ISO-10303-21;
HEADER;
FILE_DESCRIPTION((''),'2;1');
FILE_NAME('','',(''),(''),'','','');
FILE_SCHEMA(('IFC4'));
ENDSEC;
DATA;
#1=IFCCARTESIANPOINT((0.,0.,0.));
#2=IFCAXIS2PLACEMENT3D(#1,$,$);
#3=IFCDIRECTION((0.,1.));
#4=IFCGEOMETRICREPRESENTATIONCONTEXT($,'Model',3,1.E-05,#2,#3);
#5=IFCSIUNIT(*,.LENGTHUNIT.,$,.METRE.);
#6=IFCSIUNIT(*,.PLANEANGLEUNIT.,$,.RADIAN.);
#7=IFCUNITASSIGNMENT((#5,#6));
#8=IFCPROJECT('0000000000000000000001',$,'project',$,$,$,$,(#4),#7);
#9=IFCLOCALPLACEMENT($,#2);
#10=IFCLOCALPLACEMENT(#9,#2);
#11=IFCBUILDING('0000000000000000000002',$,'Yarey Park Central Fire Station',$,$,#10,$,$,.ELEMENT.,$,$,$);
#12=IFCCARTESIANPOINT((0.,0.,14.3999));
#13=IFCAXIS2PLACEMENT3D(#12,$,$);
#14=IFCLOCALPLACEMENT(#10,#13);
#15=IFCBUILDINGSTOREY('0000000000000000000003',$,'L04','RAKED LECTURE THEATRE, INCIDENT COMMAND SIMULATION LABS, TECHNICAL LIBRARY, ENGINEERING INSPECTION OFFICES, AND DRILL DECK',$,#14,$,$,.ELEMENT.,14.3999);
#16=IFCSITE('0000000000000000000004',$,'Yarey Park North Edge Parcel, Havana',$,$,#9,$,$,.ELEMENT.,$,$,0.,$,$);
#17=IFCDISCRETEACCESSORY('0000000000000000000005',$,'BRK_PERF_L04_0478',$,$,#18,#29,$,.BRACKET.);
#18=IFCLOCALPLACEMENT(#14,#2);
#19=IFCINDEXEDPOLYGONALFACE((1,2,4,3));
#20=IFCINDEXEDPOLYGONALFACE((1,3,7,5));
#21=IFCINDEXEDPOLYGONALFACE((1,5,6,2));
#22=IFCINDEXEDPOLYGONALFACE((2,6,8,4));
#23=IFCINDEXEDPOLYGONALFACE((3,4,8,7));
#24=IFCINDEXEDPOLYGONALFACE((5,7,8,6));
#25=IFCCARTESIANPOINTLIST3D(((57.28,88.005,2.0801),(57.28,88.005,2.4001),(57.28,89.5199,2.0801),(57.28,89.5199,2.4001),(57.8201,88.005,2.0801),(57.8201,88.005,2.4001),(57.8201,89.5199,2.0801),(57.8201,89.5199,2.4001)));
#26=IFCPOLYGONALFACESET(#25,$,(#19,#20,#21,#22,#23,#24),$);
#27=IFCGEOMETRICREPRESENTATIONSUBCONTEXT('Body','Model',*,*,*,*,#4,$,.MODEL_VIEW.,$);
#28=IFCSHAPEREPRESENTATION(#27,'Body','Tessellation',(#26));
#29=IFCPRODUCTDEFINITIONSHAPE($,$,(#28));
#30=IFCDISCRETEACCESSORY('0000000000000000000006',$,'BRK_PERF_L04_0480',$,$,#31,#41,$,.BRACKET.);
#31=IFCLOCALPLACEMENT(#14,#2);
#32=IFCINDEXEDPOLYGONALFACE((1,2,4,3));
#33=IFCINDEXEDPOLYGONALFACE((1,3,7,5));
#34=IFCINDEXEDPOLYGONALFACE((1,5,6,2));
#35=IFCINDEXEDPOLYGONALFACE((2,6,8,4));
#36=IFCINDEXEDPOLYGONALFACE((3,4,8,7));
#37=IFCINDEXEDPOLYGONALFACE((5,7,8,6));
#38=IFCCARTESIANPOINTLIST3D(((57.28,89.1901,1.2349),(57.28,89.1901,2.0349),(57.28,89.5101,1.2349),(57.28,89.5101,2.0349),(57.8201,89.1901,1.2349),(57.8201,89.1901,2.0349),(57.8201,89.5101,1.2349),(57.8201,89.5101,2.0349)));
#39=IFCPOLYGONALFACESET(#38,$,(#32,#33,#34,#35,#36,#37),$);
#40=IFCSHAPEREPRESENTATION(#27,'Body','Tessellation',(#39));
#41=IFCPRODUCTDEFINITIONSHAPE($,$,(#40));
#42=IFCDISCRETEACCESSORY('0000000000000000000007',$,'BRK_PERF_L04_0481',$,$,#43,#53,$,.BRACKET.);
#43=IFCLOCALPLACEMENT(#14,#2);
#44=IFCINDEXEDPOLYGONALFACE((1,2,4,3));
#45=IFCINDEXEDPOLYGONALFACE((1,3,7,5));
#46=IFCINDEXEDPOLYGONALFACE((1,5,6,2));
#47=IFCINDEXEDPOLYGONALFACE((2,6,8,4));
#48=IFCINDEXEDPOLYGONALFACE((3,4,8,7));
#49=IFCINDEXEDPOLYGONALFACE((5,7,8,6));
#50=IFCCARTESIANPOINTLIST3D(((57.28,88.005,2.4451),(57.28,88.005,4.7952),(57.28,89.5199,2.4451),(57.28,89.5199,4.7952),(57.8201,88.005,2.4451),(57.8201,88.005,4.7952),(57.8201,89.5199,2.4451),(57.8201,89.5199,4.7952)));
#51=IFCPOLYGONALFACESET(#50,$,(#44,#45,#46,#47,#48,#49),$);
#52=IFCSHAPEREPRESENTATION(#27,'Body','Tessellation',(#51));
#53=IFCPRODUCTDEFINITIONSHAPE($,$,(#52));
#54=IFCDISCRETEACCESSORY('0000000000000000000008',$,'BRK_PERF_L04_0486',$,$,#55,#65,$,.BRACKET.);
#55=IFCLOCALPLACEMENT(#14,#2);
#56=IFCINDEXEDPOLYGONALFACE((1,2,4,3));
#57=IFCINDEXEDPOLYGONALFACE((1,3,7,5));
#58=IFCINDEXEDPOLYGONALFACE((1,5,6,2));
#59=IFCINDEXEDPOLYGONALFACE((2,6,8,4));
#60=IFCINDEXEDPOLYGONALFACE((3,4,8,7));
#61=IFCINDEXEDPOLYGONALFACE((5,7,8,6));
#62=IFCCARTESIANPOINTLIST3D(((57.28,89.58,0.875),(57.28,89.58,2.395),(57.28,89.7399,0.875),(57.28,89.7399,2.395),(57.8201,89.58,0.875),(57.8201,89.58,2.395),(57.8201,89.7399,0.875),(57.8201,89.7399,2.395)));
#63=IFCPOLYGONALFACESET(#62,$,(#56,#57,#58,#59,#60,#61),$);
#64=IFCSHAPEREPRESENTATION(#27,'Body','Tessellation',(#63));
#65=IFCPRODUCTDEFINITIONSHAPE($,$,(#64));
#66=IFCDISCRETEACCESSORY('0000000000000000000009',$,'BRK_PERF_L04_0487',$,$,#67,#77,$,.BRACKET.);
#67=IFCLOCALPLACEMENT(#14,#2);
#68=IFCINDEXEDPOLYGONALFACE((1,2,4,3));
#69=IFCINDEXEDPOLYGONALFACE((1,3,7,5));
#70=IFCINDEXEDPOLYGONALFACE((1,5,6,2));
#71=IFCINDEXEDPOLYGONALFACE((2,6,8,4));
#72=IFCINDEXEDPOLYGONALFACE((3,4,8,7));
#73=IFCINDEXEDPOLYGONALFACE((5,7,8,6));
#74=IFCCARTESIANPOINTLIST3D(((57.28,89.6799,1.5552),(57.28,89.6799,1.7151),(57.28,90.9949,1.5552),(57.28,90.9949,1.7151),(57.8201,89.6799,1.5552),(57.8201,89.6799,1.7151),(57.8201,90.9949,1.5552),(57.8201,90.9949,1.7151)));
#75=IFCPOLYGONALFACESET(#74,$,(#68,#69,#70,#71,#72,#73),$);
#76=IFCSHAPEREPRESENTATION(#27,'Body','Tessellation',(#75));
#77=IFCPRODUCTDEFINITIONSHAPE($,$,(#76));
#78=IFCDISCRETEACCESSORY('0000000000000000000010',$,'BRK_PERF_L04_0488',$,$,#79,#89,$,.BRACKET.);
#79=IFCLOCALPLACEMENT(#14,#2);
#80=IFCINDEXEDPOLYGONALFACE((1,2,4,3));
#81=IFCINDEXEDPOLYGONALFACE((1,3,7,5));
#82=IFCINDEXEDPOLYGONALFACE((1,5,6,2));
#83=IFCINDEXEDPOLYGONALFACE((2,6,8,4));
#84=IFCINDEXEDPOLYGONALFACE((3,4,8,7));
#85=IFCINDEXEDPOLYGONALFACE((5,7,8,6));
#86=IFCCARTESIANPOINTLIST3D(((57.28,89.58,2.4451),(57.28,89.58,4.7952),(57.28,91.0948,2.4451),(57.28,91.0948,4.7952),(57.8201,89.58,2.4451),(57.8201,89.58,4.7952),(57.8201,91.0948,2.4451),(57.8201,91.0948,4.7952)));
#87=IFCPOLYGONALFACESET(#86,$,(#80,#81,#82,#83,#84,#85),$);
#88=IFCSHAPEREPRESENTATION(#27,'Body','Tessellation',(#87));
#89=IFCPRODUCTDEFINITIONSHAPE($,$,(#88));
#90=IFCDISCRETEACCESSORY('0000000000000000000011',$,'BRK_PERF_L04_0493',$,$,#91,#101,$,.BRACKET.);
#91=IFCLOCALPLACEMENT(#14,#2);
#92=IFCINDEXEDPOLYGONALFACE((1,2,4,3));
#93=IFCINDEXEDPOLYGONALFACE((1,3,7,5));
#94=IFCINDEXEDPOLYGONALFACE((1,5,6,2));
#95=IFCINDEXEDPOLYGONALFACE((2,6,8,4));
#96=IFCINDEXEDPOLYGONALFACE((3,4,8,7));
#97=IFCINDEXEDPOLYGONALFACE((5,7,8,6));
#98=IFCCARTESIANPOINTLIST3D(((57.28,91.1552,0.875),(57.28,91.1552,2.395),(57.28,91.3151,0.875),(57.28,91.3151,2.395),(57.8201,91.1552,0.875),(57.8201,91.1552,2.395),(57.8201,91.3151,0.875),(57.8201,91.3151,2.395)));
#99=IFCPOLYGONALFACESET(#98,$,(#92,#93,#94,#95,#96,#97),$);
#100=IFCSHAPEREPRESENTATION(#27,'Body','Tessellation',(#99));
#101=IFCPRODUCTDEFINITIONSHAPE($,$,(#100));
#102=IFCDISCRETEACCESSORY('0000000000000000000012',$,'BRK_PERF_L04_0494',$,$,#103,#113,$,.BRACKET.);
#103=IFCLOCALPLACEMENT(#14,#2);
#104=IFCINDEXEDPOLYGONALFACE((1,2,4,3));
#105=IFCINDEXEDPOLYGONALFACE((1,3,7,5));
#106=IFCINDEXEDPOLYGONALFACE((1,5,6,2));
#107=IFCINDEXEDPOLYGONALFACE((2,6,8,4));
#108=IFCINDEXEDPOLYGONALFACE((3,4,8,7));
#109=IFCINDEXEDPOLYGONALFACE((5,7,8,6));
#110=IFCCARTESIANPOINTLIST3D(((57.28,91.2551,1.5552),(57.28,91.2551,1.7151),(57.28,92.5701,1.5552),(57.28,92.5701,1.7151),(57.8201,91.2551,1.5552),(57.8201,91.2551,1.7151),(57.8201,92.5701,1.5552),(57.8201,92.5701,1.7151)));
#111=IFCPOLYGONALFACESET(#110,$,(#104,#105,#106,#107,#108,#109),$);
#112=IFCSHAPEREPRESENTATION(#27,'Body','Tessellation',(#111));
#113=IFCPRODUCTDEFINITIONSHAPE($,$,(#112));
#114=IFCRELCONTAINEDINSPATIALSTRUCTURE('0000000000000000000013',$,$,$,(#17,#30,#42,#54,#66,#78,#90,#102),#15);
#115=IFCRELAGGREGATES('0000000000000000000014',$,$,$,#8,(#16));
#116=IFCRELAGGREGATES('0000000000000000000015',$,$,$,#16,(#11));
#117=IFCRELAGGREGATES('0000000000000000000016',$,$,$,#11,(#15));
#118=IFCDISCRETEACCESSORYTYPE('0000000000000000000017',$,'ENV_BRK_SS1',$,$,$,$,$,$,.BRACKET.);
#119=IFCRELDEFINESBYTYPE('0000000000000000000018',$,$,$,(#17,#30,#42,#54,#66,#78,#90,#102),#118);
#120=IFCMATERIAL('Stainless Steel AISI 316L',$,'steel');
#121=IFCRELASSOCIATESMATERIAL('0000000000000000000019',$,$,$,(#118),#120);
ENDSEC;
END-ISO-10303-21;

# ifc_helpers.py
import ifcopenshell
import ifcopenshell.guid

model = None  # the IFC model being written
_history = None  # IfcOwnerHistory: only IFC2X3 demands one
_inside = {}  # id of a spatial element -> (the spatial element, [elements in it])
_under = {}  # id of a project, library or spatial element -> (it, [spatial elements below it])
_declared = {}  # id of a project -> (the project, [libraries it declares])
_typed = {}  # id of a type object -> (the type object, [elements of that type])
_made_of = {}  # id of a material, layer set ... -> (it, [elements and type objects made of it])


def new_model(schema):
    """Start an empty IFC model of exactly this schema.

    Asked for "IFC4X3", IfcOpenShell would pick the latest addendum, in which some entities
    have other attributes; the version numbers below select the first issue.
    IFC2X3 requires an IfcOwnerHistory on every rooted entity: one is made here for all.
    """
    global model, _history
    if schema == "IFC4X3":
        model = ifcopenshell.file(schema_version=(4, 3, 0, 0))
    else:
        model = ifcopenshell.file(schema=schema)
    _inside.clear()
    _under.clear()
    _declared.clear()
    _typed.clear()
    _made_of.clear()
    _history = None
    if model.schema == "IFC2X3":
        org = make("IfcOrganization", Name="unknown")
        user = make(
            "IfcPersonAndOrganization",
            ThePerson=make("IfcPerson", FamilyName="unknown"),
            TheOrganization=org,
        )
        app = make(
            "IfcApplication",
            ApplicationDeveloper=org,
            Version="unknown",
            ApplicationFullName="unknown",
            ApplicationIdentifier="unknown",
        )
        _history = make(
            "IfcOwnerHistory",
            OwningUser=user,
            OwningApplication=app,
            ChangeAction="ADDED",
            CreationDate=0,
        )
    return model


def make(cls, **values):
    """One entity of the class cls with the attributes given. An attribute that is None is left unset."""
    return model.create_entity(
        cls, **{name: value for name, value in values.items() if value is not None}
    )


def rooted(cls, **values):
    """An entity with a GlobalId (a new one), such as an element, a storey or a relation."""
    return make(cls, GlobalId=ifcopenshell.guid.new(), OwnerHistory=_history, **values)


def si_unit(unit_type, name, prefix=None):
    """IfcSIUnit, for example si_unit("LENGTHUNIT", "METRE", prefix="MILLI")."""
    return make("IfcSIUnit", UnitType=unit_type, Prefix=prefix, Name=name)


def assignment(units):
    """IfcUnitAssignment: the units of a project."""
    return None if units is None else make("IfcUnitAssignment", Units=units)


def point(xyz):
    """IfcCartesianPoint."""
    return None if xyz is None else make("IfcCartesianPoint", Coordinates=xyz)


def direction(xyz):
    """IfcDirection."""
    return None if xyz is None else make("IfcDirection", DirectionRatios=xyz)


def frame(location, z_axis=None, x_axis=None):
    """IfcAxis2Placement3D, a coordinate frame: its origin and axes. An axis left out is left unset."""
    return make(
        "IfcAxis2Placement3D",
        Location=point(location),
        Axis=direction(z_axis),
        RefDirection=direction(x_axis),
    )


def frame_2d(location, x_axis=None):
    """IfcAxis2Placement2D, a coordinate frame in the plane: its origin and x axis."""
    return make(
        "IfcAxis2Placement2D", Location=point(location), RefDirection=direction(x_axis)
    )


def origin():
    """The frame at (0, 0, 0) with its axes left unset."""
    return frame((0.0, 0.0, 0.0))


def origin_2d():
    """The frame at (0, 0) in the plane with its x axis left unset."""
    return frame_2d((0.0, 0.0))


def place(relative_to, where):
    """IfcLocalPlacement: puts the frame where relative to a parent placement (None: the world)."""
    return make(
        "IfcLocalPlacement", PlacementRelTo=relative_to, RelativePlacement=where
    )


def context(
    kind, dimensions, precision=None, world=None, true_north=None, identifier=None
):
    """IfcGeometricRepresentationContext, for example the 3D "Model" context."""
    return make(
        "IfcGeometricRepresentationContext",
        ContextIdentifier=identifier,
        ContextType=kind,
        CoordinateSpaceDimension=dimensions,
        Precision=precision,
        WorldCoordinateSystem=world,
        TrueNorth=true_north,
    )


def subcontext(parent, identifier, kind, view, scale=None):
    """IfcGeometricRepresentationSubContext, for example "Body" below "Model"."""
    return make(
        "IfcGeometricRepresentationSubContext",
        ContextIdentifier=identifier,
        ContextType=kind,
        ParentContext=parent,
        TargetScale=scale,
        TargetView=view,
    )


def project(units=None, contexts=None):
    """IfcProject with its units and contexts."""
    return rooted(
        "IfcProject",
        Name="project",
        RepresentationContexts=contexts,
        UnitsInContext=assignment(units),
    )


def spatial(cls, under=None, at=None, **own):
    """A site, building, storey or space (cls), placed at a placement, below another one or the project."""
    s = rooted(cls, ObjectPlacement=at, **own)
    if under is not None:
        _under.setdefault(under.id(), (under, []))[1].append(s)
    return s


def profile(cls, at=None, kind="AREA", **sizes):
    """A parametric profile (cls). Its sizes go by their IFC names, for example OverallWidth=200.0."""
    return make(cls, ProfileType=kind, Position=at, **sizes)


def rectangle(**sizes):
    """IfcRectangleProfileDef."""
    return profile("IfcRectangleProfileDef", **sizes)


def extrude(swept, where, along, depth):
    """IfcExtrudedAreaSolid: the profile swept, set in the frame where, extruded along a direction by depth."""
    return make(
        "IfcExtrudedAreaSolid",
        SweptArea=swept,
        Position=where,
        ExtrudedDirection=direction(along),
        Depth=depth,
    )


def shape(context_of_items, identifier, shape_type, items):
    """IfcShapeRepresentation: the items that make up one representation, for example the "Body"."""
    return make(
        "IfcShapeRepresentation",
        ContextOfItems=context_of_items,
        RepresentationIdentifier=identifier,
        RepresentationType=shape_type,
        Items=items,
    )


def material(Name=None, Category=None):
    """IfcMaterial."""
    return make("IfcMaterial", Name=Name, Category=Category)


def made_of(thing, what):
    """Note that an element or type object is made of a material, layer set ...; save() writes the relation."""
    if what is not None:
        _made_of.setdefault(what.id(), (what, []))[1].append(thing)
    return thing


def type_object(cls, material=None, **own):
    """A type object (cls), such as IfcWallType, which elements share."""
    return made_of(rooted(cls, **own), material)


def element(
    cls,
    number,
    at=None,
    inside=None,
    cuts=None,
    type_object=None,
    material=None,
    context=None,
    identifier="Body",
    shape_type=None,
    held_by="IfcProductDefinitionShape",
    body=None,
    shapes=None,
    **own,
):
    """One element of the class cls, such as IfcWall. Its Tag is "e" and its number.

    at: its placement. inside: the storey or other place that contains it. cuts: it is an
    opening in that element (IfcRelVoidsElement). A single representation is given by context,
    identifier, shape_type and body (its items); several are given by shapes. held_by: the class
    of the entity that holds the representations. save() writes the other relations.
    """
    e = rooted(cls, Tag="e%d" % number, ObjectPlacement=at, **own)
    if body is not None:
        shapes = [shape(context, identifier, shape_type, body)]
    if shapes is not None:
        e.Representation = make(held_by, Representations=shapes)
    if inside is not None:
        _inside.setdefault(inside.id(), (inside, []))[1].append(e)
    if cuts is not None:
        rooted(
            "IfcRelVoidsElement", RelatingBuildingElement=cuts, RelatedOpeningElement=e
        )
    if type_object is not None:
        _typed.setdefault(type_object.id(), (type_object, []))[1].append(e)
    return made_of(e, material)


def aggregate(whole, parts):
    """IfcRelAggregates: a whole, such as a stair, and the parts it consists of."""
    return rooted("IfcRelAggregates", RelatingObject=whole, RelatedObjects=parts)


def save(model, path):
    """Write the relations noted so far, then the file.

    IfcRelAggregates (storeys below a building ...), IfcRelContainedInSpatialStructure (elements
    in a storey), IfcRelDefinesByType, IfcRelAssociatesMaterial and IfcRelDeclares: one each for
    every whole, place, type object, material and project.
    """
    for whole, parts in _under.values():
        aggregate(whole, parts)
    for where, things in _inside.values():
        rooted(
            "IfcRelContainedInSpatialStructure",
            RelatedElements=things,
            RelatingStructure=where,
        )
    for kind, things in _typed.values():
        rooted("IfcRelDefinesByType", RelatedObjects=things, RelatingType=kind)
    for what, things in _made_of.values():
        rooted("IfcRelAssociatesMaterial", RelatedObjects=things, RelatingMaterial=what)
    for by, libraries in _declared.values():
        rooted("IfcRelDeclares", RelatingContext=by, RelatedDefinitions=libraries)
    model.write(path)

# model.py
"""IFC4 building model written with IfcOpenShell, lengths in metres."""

from ifc_helpers import new_model, si_unit, direction, frame, origin, origin_2d, place, context, subcontext, project, spatial, rectangle, extrude, material, type_object, element, save


model = new_model("IFC4")

# Units and contexts
model_context = context("Model", 3, precision=1e-05, world=origin(), true_north=direction((0.0, 1.0)))
body_context = subcontext(model_context, "Body", "Model", "MODEL_VIEW")
ifc_project = project(units=[si_unit("LENGTHUNIT", "METRE"), si_unit("PLANEANGLEUNIT", "RADIAN")], contexts=[model_context])

# Site, building, storey
site_placement = place(None, origin())
site = spatial("IfcSite", under=ifc_project, at=site_placement, Name="Yarey Park North Edge Parcel, Havana", CompositionType="ELEMENT", RefElevation=0.0)
building_placement = place(site_placement, origin())
building = spatial("IfcBuilding", under=site, at=building_placement, Name="Yarey Park Central Fire Station", CompositionType="ELEMENT")
storey_placement = place(building_placement, frame((0.0, 0.0, 14.3999)))
storey = spatial("IfcBuildingStorey", under=building, at=storey_placement, Name="L04", Description="RAKED LECTURE THEATRE, INCIDENT COMMAND SIMULATION LABS, TECHNICAL LIBRARY, ENGINEERING INSPECTION OFFICES, AND DRILL DECK", CompositionType="ELEMENT", Elevation=14.3999)

# Discrete accessories
ifc_material_1 = material(Name="Stainless Steel AISI 316L", Category="steel")
discrete_accessory_type = type_object("IfcDiscreteAccessoryType", Name="ENV_BRK_SS1", PredefinedType="BRACKET", material=ifc_material_1)
for number, where, z_axis, x_axis, name in (
    (1, (57.55, 88.7625, 2.0801), (0.0, 0.0, 1.0), (1.0, 0.0, 0.0), "BRK_PERF_L04_0478"),
):
    element("IfcDiscreteAccessory", number, at=place(storey_placement, frame(where, z_axis=z_axis, x_axis=x_axis)), inside=storey, type_object=discrete_accessory_type, Name=name, PredefinedType="BRACKET", context=body_context, shape_type="SweptSolid", body=[
        extrude(rectangle(XDim=0.54, YDim=1.5149, at=origin_2d()), origin(), (0.0, 0.0, 1.0), 0.3201),
    ])
discrete_accessory_1_placement = place(storey_placement, frame((57.55, 89.3501, 1.2349), z_axis=(0.0, 0.0, 1.0), x_axis=(1.0, 0.0, 0.0)))
element("IfcDiscreteAccessory", 2, at=discrete_accessory_1_placement, inside=storey, type_object=discrete_accessory_type, Name="BRK_PERF_L04_0480", PredefinedType="BRACKET", context=body_context, shape_type="SweptSolid", body=[
    extrude(rectangle(XDim=0.54, YDim=0.3201, at=origin_2d()), origin(), (0.0, 0.0, 1.0), 0.8),
])
discrete_accessory_2_placement = place(storey_placement, frame((57.55, 88.7625, 2.4451), z_axis=(0.0, 0.0, 1.0), x_axis=(1.0, 0.0, 0.0)))
element("IfcDiscreteAccessory", 3, at=discrete_accessory_2_placement, inside=storey, type_object=discrete_accessory_type, Name="BRK_PERF_L04_0481", PredefinedType="BRACKET", context=body_context, shape_type="SweptSolid", body=[
    extrude(rectangle(XDim=0.54, YDim=1.5149, at=origin_2d()), origin(), (0.0, 0.0, 1.0), 2.3501),
])
discrete_accessory_3_placement = place(storey_placement, frame((57.55, 89.6599, 0.875), z_axis=(0.0, 0.0, 1.0), x_axis=(1.0, 0.0, 0.0)))
element("IfcDiscreteAccessory", 4, at=discrete_accessory_3_placement, inside=storey, type_object=discrete_accessory_type, Name="BRK_PERF_L04_0486", PredefinedType="BRACKET", context=body_context, shape_type="SweptSolid", body=[
    extrude(rectangle(XDim=0.54, YDim=0.1599, at=origin_2d()), origin(), (0.0, 0.0, 1.0), 1.52),
])
discrete_accessory_4_placement = place(storey_placement, frame((57.55, 90.3374, 1.5552), z_axis=(0.0, 0.0, 1.0), x_axis=(1.0, 0.0, 0.0)))
element("IfcDiscreteAccessory", 5, at=discrete_accessory_4_placement, inside=storey, type_object=discrete_accessory_type, Name="BRK_PERF_L04_0487", PredefinedType="BRACKET", context=body_context, shape_type="SweptSolid", body=[
    extrude(rectangle(XDim=0.54, YDim=1.3149, at=origin_2d()), origin(), (0.0, 0.0, 1.0), 0.1599),
])
discrete_accessory_5_placement = place(storey_placement, frame((57.55, 90.3374, 2.4451), z_axis=(0.0, 0.0, 1.0), x_axis=(1.0, 0.0, 0.0)))
element("IfcDiscreteAccessory", 6, at=discrete_accessory_5_placement, inside=storey, type_object=discrete_accessory_type, Name="BRK_PERF_L04_0488", PredefinedType="BRACKET", context=body_context, shape_type="SweptSolid", body=[
    extrude(rectangle(XDim=0.54, YDim=1.5149, at=origin_2d()), origin(), (0.0, 0.0, 1.0), 2.3501),
])
discrete_accessory_6_placement = place(storey_placement, frame((57.55, 91.2351, 0.875), z_axis=(0.0, 0.0, 1.0), x_axis=(1.0, 0.0, 0.0)))
element("IfcDiscreteAccessory", 7, at=discrete_accessory_6_placement, inside=storey, type_object=discrete_accessory_type, Name="BRK_PERF_L04_0493", PredefinedType="BRACKET", context=body_context, shape_type="SweptSolid", body=[
    extrude(rectangle(XDim=0.54, YDim=0.1599, at=origin_2d()), origin(), (0.0, 0.0, 1.0), 1.52),
])
discrete_accessory_7_placement = place(storey_placement, frame((57.55, 91.9126, 1.5552), z_axis=(0.0, 0.0, 1.0), x_axis=(1.0, 0.0, 0.0)))
element("IfcDiscreteAccessory", 8, at=discrete_accessory_7_placement, inside=storey, type_object=discrete_accessory_type, Name="BRK_PERF_L04_0494", PredefinedType="BRACKET", context=body_context, shape_type="SweptSolid", body=[
    extrude(rectangle(XDim=0.54, YDim=1.3149, at=origin_2d()), origin(), (0.0, 0.0, 1.0), 0.1599),
])

save(model, "model.ifc")
